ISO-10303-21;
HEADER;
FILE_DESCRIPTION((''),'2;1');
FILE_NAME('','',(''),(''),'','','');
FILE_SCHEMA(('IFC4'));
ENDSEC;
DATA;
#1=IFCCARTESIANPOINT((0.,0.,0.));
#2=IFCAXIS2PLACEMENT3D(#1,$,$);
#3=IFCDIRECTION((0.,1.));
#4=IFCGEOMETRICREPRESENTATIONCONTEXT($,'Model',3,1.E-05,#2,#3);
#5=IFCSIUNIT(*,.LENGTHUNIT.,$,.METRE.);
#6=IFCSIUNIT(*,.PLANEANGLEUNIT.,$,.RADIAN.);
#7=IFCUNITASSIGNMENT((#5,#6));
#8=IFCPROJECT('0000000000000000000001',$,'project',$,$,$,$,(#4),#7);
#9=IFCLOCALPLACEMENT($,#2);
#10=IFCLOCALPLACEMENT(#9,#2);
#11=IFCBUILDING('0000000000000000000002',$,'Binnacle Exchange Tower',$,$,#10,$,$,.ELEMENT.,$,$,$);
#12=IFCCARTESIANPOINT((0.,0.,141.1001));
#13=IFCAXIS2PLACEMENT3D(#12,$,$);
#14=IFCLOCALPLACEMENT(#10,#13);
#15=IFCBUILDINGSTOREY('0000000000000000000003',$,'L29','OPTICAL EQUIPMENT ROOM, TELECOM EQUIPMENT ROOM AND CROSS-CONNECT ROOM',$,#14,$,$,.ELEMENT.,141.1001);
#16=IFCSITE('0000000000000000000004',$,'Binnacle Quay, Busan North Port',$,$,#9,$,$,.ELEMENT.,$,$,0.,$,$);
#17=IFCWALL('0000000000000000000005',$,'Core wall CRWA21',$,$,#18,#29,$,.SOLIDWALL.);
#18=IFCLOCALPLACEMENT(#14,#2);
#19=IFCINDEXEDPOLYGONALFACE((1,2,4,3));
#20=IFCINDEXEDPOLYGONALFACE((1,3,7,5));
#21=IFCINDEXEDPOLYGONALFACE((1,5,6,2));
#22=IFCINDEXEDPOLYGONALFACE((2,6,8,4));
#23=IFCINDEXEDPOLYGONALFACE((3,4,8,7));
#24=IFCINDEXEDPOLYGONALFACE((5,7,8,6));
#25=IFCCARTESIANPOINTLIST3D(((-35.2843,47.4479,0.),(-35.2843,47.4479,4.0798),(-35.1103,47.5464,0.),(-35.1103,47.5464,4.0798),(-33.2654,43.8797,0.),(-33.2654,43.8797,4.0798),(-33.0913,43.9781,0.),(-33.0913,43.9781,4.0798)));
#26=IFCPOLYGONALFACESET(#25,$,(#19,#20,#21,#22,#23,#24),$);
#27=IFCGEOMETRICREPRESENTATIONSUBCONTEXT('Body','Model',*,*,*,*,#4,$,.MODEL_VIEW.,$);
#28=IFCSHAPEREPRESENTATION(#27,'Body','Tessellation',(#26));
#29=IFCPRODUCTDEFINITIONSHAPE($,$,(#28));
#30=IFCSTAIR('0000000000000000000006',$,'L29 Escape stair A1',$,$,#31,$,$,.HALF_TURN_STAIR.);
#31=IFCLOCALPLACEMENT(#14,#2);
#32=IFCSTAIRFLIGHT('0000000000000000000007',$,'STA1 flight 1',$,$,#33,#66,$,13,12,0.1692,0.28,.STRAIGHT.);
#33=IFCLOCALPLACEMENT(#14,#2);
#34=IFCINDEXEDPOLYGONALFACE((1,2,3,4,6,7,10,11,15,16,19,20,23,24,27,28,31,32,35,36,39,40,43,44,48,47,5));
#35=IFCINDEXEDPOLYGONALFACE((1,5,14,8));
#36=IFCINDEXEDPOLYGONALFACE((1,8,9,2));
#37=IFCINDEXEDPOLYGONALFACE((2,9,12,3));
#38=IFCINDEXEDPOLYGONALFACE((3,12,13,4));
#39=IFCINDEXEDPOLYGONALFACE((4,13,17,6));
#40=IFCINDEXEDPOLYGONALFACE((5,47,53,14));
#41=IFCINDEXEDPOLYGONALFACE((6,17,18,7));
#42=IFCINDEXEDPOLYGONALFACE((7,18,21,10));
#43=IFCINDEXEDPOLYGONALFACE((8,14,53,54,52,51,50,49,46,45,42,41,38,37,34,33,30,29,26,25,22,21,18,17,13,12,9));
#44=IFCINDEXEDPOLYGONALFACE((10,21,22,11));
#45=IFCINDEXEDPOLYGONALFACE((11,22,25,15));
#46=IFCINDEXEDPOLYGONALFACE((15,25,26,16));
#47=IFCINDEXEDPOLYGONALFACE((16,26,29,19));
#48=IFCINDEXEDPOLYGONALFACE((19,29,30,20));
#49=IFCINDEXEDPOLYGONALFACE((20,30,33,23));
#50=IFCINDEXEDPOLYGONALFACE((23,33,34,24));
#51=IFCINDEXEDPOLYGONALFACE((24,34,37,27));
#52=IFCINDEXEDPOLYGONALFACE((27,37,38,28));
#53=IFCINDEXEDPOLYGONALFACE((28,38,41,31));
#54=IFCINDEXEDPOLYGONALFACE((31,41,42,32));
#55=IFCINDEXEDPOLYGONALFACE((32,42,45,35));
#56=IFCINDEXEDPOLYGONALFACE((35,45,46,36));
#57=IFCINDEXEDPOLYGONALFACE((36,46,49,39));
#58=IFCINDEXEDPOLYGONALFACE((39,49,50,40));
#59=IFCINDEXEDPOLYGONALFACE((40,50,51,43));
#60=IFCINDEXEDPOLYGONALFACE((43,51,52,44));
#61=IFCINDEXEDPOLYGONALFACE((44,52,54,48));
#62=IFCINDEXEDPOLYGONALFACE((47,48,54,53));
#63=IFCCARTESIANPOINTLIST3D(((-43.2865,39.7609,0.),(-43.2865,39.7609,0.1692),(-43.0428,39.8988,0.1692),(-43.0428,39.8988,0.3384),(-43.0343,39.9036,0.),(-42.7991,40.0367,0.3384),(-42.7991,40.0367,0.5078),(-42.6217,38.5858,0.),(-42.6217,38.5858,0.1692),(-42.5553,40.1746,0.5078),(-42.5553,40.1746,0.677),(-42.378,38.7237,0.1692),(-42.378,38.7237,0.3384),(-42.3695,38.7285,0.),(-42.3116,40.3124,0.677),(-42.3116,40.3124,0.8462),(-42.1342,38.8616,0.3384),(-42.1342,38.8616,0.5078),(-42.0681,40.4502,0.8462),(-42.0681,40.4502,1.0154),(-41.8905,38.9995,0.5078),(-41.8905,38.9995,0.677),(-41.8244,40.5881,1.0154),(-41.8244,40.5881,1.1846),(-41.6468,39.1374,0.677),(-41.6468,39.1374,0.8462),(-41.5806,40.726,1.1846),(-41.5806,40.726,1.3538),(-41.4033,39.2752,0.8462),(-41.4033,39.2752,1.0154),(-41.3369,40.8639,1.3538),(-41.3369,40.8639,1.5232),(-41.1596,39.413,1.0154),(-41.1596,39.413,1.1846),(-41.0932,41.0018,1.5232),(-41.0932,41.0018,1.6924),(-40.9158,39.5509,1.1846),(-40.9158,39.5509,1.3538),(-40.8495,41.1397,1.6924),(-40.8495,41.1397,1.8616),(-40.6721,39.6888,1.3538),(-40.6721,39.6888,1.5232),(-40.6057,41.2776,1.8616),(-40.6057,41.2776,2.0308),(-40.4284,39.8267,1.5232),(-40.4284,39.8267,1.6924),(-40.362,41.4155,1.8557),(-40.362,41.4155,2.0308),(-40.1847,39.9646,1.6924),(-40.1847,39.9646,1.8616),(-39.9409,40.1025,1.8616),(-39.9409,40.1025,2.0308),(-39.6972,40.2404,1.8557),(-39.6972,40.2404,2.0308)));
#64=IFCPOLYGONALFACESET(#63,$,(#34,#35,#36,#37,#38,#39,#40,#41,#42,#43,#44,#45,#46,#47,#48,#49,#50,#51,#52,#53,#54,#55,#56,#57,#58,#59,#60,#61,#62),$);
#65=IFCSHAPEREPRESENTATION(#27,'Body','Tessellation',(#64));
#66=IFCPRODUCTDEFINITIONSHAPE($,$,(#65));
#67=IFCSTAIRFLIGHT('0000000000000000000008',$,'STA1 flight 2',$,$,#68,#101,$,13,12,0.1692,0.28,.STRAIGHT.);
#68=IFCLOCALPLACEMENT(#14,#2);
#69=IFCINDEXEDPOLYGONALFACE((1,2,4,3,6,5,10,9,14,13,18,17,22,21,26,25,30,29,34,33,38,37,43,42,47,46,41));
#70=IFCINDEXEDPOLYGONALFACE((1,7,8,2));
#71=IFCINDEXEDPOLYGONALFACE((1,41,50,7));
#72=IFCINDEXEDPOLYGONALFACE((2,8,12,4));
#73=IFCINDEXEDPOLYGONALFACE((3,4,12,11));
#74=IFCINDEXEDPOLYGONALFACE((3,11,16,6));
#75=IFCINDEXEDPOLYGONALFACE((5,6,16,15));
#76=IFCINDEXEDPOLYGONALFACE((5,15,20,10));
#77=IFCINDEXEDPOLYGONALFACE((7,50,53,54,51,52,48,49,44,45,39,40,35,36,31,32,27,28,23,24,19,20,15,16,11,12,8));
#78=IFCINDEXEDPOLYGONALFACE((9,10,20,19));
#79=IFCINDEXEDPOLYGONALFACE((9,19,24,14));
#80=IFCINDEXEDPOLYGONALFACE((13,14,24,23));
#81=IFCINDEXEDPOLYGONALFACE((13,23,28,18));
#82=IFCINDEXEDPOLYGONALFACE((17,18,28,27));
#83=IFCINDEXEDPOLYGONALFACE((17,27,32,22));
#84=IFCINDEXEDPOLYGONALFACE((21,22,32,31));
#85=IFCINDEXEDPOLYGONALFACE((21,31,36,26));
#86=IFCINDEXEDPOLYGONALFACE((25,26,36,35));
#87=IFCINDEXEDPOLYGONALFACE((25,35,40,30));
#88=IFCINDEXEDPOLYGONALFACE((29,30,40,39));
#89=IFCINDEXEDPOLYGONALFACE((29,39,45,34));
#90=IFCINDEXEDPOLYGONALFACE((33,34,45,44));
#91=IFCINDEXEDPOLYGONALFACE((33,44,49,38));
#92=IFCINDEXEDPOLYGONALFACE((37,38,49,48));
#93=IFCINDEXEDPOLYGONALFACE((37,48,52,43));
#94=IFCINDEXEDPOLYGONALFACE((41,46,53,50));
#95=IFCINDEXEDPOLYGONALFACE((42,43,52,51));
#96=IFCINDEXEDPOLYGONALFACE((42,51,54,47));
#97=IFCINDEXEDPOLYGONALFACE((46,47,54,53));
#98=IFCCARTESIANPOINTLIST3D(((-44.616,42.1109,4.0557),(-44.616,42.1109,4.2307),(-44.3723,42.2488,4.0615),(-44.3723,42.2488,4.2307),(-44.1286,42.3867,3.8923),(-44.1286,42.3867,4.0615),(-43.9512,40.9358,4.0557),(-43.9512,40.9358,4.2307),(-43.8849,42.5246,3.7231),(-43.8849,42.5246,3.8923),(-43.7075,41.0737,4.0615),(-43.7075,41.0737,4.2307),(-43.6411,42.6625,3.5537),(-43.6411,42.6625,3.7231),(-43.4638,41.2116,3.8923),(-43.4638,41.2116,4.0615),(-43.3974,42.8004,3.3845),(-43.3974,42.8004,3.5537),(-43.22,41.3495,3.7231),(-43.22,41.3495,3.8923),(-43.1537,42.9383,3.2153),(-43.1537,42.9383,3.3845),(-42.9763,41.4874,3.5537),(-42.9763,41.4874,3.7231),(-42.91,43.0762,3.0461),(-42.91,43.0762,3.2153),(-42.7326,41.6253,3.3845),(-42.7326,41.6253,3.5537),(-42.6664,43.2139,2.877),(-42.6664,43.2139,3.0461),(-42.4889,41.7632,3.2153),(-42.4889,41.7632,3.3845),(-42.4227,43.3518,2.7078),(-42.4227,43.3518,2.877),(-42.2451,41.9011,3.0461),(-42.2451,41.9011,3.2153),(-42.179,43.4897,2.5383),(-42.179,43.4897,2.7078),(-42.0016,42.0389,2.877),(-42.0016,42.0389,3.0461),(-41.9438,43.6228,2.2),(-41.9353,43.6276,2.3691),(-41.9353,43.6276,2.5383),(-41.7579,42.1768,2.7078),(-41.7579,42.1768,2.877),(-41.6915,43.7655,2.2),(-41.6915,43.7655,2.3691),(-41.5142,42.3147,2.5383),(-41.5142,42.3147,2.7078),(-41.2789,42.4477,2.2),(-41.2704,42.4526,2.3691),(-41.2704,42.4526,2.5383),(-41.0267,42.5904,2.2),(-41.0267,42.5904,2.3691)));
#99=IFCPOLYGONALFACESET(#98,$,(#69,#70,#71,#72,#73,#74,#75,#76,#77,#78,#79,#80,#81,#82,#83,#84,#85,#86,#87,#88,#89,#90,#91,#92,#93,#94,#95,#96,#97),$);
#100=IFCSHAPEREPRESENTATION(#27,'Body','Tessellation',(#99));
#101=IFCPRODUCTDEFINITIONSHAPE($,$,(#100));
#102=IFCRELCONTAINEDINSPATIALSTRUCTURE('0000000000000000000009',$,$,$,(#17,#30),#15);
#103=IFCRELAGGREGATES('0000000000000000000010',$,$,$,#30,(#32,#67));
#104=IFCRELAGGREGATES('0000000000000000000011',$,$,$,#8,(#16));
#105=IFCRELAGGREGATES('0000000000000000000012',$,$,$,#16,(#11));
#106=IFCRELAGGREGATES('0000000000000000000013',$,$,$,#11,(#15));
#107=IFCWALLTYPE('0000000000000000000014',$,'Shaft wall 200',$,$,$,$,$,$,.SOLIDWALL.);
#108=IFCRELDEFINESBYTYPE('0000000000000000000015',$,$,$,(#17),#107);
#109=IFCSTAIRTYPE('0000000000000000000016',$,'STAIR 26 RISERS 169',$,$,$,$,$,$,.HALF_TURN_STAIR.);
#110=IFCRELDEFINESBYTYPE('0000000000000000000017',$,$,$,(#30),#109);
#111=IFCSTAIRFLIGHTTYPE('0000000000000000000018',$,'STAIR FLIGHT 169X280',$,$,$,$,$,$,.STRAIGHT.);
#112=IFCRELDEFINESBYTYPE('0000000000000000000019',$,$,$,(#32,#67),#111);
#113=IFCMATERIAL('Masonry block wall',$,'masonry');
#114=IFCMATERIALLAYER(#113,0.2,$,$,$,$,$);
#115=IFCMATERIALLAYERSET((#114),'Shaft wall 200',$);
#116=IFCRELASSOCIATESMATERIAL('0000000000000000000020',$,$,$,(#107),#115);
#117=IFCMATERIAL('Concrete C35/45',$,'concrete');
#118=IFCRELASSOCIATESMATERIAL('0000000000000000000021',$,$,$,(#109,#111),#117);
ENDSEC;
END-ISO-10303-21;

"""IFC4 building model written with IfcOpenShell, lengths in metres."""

from ifc_helpers import new_model, si_unit, direction, frame, frame_2d, origin, place, context, subcontext, project, spatial, polyline, rectangle, outline, extrude, material, layer, layer_set, type_object, element, aggregate, save


model = new_model("IFC4")

# Units and contexts
model_context = context("Model", 3, precision=1e-05, world=origin(), true_north=direction((0.0, 1.0)))
body_context = subcontext(model_context, "Body", "Model", "MODEL_VIEW")
ifc_project = project(units=[si_unit("LENGTHUNIT", "METRE"), si_unit("PLANEANGLEUNIT", "RADIAN")], contexts=[model_context])

# Site, building, storey
site_placement = place(None, origin())
site = spatial("IfcSite", under=ifc_project, at=site_placement, Name="Binnacle Quay, Busan North Port", CompositionType="ELEMENT", RefElevation=0.0)
building_placement = place(site_placement, origin())
building = spatial("IfcBuilding", under=site, at=building_placement, Name="Binnacle Exchange Tower", CompositionType="ELEMENT")
storey_placement = place(building_placement, frame((0.0, 0.0, 141.1001)))
storey = spatial("IfcBuildingStorey", under=building, at=storey_placement, Name="L29", Description="OPTICAL EQUIPMENT ROOM, TELECOM EQUIPMENT ROOM AND CROSS-CONNECT ROOM", CompositionType="ELEMENT", Elevation=141.1001)

# Shared definitions
ifc_material_1 = material(Name="Masonry block wall", Category="masonry")

# Wall
ifc_layer_1 = layer(ifc_material_1, 0.2)
ifc_layer_set_1 = layer_set([ifc_layer_1], Name="Shaft wall 200")
wall_type_1 = type_object("IfcWallType", Name="Shaft wall 200", PredefinedType="SOLIDWALL", material=ifc_layer_set_1)
wall_1_placement = place(storey_placement, frame((-35.1973, 47.4971, 0.0), z_axis=(0.0, 0.0, 1.0), x_axis=(0.492454, -0.870339, 0.0)))
element("IfcWall", 1, at=wall_1_placement, inside=storey, type_object=wall_type_1, Name="Core wall CRWA21", PredefinedType="SOLIDWALL", context=body_context, shape_type="SweptSolid", body=[
    extrude(rectangle(XDim=4.0999, YDim=0.2, at=frame_2d((2.0498, 0.0))), origin(), (0.0, 0.0, 1.0), 4.0798),
])

# Stair, stair flights
ifc_material_2 = material(Name="Concrete C35/45", Category="concrete")
stair_type = type_object("IfcStairType", Name="STAIR 26 RISERS 169", PredefinedType="HALF_TURN_STAIR", material=ifc_material_2)
stair_placement = place(storey_placement, origin())
stair = element("IfcStair", 2, at=stair_placement, inside=storey, type_object=stair_type, Name="L29 Escape stair A1", PredefinedType="HALF_TURN_STAIR")
stair_flight_type = type_object("IfcStairFlightType", Name="STAIR FLIGHT 169X280", PredefinedType="STRAIGHT", material=ifc_material_2)
stair_flight_1_placement = place(storey_placement, frame((-42.9541, 39.1733, 0.0), z_axis=(0.0, 0.0, 1.0), x_axis=(0.870356, 0.492424, 0.0)))
stair_flight_1 = element("IfcStairFlight", 3, at=stair_flight_1_placement, type_object=stair_flight_type, Name="STA1 flight 1", NumberOfRisers=13, NumberOfTreads=12, PredefinedType="STRAIGHT", RiserHeight=0.1692, TreadLength=0.28, context=body_context, shape_type="SweptSolid", body=[
    extrude(outline(polyline([(0.0, 0.0), (0.0, 0.1692), (0.28, 0.1692), (0.28, 0.3384), (0.5601, 0.3384), (0.5601, 0.5078), (0.8401, 0.5078), (0.8401, 0.677), (1.1201, 0.677), (1.1201, 0.8462), (1.3999, 0.8462), (1.3999, 1.0154), (1.6799, 1.0154), (1.6799, 1.1846), (1.96, 1.1846), (1.96, 1.3538), (2.24, 1.3538), (2.24, 1.5232), (2.52, 1.5232), (2.52, 1.6924), (2.8, 1.6924), (2.8, 1.8616), (3.0801, 1.8616), (3.0801, 2.0308), (3.3601, 2.0308), (3.3601, 2.2), (3.3601, 1.8557), (0.2898, 0.0), (0.0, 0.0)])), frame((0.0, 0.675, 0.0), z_axis=(0.0, -1.0, 0.0), x_axis=(1.0, 0.0, 0.0)), (0.0, 0.0, 1.0), 1.3501),
])
stair_flight_2_placement = place(storey_placement, frame((-41.3591, 43.178, 2.2), z_axis=(0.0, 0.0, 1.0), x_axis=(-0.870356, -0.492424, 0.0)))
stair_flight_2 = element("IfcStairFlight", 4, at=stair_flight_2_placement, type_object=stair_flight_type, Name="STA1 flight 2", NumberOfRisers=13, NumberOfTreads=12, PredefinedType="STRAIGHT", RiserHeight=0.1692, TreadLength=0.28, context=body_context, shape_type="SweptSolid", body=[
    extrude(outline(polyline([(0.0, 0.0), (0.0, 0.1692), (0.28, 0.1692), (0.28, 0.3384), (0.5601, 0.3384), (0.5601, 0.5078), (0.8401, 0.5078), (0.8401, 0.677), (1.1201, 0.677), (1.1201, 0.8462), (1.3999, 0.8462), (1.3999, 1.0154), (1.6799, 1.0154), (1.6799, 1.1846), (1.96, 1.1846), (1.96, 1.3538), (2.24, 1.3538), (2.24, 1.5232), (2.52, 1.5232), (2.52, 1.6924), (2.8, 1.6924), (2.8, 1.8616), (3.0801, 1.8616), (3.0801, 2.0308), (3.3601, 2.0308), (3.3601, 2.2), (3.3601, 1.8557), (0.2898, 0.0), (0.0, 0.0)])), frame((0.0, 0.675, 0.0), z_axis=(0.0, -1.0, 0.0), x_axis=(1.0, 0.0, 0.0)), (0.0, 0.0, 1.0), 1.3501),
])
aggregate(stair, [stair_flight_1, stair_flight_2])

save(model, "model.ifc")
